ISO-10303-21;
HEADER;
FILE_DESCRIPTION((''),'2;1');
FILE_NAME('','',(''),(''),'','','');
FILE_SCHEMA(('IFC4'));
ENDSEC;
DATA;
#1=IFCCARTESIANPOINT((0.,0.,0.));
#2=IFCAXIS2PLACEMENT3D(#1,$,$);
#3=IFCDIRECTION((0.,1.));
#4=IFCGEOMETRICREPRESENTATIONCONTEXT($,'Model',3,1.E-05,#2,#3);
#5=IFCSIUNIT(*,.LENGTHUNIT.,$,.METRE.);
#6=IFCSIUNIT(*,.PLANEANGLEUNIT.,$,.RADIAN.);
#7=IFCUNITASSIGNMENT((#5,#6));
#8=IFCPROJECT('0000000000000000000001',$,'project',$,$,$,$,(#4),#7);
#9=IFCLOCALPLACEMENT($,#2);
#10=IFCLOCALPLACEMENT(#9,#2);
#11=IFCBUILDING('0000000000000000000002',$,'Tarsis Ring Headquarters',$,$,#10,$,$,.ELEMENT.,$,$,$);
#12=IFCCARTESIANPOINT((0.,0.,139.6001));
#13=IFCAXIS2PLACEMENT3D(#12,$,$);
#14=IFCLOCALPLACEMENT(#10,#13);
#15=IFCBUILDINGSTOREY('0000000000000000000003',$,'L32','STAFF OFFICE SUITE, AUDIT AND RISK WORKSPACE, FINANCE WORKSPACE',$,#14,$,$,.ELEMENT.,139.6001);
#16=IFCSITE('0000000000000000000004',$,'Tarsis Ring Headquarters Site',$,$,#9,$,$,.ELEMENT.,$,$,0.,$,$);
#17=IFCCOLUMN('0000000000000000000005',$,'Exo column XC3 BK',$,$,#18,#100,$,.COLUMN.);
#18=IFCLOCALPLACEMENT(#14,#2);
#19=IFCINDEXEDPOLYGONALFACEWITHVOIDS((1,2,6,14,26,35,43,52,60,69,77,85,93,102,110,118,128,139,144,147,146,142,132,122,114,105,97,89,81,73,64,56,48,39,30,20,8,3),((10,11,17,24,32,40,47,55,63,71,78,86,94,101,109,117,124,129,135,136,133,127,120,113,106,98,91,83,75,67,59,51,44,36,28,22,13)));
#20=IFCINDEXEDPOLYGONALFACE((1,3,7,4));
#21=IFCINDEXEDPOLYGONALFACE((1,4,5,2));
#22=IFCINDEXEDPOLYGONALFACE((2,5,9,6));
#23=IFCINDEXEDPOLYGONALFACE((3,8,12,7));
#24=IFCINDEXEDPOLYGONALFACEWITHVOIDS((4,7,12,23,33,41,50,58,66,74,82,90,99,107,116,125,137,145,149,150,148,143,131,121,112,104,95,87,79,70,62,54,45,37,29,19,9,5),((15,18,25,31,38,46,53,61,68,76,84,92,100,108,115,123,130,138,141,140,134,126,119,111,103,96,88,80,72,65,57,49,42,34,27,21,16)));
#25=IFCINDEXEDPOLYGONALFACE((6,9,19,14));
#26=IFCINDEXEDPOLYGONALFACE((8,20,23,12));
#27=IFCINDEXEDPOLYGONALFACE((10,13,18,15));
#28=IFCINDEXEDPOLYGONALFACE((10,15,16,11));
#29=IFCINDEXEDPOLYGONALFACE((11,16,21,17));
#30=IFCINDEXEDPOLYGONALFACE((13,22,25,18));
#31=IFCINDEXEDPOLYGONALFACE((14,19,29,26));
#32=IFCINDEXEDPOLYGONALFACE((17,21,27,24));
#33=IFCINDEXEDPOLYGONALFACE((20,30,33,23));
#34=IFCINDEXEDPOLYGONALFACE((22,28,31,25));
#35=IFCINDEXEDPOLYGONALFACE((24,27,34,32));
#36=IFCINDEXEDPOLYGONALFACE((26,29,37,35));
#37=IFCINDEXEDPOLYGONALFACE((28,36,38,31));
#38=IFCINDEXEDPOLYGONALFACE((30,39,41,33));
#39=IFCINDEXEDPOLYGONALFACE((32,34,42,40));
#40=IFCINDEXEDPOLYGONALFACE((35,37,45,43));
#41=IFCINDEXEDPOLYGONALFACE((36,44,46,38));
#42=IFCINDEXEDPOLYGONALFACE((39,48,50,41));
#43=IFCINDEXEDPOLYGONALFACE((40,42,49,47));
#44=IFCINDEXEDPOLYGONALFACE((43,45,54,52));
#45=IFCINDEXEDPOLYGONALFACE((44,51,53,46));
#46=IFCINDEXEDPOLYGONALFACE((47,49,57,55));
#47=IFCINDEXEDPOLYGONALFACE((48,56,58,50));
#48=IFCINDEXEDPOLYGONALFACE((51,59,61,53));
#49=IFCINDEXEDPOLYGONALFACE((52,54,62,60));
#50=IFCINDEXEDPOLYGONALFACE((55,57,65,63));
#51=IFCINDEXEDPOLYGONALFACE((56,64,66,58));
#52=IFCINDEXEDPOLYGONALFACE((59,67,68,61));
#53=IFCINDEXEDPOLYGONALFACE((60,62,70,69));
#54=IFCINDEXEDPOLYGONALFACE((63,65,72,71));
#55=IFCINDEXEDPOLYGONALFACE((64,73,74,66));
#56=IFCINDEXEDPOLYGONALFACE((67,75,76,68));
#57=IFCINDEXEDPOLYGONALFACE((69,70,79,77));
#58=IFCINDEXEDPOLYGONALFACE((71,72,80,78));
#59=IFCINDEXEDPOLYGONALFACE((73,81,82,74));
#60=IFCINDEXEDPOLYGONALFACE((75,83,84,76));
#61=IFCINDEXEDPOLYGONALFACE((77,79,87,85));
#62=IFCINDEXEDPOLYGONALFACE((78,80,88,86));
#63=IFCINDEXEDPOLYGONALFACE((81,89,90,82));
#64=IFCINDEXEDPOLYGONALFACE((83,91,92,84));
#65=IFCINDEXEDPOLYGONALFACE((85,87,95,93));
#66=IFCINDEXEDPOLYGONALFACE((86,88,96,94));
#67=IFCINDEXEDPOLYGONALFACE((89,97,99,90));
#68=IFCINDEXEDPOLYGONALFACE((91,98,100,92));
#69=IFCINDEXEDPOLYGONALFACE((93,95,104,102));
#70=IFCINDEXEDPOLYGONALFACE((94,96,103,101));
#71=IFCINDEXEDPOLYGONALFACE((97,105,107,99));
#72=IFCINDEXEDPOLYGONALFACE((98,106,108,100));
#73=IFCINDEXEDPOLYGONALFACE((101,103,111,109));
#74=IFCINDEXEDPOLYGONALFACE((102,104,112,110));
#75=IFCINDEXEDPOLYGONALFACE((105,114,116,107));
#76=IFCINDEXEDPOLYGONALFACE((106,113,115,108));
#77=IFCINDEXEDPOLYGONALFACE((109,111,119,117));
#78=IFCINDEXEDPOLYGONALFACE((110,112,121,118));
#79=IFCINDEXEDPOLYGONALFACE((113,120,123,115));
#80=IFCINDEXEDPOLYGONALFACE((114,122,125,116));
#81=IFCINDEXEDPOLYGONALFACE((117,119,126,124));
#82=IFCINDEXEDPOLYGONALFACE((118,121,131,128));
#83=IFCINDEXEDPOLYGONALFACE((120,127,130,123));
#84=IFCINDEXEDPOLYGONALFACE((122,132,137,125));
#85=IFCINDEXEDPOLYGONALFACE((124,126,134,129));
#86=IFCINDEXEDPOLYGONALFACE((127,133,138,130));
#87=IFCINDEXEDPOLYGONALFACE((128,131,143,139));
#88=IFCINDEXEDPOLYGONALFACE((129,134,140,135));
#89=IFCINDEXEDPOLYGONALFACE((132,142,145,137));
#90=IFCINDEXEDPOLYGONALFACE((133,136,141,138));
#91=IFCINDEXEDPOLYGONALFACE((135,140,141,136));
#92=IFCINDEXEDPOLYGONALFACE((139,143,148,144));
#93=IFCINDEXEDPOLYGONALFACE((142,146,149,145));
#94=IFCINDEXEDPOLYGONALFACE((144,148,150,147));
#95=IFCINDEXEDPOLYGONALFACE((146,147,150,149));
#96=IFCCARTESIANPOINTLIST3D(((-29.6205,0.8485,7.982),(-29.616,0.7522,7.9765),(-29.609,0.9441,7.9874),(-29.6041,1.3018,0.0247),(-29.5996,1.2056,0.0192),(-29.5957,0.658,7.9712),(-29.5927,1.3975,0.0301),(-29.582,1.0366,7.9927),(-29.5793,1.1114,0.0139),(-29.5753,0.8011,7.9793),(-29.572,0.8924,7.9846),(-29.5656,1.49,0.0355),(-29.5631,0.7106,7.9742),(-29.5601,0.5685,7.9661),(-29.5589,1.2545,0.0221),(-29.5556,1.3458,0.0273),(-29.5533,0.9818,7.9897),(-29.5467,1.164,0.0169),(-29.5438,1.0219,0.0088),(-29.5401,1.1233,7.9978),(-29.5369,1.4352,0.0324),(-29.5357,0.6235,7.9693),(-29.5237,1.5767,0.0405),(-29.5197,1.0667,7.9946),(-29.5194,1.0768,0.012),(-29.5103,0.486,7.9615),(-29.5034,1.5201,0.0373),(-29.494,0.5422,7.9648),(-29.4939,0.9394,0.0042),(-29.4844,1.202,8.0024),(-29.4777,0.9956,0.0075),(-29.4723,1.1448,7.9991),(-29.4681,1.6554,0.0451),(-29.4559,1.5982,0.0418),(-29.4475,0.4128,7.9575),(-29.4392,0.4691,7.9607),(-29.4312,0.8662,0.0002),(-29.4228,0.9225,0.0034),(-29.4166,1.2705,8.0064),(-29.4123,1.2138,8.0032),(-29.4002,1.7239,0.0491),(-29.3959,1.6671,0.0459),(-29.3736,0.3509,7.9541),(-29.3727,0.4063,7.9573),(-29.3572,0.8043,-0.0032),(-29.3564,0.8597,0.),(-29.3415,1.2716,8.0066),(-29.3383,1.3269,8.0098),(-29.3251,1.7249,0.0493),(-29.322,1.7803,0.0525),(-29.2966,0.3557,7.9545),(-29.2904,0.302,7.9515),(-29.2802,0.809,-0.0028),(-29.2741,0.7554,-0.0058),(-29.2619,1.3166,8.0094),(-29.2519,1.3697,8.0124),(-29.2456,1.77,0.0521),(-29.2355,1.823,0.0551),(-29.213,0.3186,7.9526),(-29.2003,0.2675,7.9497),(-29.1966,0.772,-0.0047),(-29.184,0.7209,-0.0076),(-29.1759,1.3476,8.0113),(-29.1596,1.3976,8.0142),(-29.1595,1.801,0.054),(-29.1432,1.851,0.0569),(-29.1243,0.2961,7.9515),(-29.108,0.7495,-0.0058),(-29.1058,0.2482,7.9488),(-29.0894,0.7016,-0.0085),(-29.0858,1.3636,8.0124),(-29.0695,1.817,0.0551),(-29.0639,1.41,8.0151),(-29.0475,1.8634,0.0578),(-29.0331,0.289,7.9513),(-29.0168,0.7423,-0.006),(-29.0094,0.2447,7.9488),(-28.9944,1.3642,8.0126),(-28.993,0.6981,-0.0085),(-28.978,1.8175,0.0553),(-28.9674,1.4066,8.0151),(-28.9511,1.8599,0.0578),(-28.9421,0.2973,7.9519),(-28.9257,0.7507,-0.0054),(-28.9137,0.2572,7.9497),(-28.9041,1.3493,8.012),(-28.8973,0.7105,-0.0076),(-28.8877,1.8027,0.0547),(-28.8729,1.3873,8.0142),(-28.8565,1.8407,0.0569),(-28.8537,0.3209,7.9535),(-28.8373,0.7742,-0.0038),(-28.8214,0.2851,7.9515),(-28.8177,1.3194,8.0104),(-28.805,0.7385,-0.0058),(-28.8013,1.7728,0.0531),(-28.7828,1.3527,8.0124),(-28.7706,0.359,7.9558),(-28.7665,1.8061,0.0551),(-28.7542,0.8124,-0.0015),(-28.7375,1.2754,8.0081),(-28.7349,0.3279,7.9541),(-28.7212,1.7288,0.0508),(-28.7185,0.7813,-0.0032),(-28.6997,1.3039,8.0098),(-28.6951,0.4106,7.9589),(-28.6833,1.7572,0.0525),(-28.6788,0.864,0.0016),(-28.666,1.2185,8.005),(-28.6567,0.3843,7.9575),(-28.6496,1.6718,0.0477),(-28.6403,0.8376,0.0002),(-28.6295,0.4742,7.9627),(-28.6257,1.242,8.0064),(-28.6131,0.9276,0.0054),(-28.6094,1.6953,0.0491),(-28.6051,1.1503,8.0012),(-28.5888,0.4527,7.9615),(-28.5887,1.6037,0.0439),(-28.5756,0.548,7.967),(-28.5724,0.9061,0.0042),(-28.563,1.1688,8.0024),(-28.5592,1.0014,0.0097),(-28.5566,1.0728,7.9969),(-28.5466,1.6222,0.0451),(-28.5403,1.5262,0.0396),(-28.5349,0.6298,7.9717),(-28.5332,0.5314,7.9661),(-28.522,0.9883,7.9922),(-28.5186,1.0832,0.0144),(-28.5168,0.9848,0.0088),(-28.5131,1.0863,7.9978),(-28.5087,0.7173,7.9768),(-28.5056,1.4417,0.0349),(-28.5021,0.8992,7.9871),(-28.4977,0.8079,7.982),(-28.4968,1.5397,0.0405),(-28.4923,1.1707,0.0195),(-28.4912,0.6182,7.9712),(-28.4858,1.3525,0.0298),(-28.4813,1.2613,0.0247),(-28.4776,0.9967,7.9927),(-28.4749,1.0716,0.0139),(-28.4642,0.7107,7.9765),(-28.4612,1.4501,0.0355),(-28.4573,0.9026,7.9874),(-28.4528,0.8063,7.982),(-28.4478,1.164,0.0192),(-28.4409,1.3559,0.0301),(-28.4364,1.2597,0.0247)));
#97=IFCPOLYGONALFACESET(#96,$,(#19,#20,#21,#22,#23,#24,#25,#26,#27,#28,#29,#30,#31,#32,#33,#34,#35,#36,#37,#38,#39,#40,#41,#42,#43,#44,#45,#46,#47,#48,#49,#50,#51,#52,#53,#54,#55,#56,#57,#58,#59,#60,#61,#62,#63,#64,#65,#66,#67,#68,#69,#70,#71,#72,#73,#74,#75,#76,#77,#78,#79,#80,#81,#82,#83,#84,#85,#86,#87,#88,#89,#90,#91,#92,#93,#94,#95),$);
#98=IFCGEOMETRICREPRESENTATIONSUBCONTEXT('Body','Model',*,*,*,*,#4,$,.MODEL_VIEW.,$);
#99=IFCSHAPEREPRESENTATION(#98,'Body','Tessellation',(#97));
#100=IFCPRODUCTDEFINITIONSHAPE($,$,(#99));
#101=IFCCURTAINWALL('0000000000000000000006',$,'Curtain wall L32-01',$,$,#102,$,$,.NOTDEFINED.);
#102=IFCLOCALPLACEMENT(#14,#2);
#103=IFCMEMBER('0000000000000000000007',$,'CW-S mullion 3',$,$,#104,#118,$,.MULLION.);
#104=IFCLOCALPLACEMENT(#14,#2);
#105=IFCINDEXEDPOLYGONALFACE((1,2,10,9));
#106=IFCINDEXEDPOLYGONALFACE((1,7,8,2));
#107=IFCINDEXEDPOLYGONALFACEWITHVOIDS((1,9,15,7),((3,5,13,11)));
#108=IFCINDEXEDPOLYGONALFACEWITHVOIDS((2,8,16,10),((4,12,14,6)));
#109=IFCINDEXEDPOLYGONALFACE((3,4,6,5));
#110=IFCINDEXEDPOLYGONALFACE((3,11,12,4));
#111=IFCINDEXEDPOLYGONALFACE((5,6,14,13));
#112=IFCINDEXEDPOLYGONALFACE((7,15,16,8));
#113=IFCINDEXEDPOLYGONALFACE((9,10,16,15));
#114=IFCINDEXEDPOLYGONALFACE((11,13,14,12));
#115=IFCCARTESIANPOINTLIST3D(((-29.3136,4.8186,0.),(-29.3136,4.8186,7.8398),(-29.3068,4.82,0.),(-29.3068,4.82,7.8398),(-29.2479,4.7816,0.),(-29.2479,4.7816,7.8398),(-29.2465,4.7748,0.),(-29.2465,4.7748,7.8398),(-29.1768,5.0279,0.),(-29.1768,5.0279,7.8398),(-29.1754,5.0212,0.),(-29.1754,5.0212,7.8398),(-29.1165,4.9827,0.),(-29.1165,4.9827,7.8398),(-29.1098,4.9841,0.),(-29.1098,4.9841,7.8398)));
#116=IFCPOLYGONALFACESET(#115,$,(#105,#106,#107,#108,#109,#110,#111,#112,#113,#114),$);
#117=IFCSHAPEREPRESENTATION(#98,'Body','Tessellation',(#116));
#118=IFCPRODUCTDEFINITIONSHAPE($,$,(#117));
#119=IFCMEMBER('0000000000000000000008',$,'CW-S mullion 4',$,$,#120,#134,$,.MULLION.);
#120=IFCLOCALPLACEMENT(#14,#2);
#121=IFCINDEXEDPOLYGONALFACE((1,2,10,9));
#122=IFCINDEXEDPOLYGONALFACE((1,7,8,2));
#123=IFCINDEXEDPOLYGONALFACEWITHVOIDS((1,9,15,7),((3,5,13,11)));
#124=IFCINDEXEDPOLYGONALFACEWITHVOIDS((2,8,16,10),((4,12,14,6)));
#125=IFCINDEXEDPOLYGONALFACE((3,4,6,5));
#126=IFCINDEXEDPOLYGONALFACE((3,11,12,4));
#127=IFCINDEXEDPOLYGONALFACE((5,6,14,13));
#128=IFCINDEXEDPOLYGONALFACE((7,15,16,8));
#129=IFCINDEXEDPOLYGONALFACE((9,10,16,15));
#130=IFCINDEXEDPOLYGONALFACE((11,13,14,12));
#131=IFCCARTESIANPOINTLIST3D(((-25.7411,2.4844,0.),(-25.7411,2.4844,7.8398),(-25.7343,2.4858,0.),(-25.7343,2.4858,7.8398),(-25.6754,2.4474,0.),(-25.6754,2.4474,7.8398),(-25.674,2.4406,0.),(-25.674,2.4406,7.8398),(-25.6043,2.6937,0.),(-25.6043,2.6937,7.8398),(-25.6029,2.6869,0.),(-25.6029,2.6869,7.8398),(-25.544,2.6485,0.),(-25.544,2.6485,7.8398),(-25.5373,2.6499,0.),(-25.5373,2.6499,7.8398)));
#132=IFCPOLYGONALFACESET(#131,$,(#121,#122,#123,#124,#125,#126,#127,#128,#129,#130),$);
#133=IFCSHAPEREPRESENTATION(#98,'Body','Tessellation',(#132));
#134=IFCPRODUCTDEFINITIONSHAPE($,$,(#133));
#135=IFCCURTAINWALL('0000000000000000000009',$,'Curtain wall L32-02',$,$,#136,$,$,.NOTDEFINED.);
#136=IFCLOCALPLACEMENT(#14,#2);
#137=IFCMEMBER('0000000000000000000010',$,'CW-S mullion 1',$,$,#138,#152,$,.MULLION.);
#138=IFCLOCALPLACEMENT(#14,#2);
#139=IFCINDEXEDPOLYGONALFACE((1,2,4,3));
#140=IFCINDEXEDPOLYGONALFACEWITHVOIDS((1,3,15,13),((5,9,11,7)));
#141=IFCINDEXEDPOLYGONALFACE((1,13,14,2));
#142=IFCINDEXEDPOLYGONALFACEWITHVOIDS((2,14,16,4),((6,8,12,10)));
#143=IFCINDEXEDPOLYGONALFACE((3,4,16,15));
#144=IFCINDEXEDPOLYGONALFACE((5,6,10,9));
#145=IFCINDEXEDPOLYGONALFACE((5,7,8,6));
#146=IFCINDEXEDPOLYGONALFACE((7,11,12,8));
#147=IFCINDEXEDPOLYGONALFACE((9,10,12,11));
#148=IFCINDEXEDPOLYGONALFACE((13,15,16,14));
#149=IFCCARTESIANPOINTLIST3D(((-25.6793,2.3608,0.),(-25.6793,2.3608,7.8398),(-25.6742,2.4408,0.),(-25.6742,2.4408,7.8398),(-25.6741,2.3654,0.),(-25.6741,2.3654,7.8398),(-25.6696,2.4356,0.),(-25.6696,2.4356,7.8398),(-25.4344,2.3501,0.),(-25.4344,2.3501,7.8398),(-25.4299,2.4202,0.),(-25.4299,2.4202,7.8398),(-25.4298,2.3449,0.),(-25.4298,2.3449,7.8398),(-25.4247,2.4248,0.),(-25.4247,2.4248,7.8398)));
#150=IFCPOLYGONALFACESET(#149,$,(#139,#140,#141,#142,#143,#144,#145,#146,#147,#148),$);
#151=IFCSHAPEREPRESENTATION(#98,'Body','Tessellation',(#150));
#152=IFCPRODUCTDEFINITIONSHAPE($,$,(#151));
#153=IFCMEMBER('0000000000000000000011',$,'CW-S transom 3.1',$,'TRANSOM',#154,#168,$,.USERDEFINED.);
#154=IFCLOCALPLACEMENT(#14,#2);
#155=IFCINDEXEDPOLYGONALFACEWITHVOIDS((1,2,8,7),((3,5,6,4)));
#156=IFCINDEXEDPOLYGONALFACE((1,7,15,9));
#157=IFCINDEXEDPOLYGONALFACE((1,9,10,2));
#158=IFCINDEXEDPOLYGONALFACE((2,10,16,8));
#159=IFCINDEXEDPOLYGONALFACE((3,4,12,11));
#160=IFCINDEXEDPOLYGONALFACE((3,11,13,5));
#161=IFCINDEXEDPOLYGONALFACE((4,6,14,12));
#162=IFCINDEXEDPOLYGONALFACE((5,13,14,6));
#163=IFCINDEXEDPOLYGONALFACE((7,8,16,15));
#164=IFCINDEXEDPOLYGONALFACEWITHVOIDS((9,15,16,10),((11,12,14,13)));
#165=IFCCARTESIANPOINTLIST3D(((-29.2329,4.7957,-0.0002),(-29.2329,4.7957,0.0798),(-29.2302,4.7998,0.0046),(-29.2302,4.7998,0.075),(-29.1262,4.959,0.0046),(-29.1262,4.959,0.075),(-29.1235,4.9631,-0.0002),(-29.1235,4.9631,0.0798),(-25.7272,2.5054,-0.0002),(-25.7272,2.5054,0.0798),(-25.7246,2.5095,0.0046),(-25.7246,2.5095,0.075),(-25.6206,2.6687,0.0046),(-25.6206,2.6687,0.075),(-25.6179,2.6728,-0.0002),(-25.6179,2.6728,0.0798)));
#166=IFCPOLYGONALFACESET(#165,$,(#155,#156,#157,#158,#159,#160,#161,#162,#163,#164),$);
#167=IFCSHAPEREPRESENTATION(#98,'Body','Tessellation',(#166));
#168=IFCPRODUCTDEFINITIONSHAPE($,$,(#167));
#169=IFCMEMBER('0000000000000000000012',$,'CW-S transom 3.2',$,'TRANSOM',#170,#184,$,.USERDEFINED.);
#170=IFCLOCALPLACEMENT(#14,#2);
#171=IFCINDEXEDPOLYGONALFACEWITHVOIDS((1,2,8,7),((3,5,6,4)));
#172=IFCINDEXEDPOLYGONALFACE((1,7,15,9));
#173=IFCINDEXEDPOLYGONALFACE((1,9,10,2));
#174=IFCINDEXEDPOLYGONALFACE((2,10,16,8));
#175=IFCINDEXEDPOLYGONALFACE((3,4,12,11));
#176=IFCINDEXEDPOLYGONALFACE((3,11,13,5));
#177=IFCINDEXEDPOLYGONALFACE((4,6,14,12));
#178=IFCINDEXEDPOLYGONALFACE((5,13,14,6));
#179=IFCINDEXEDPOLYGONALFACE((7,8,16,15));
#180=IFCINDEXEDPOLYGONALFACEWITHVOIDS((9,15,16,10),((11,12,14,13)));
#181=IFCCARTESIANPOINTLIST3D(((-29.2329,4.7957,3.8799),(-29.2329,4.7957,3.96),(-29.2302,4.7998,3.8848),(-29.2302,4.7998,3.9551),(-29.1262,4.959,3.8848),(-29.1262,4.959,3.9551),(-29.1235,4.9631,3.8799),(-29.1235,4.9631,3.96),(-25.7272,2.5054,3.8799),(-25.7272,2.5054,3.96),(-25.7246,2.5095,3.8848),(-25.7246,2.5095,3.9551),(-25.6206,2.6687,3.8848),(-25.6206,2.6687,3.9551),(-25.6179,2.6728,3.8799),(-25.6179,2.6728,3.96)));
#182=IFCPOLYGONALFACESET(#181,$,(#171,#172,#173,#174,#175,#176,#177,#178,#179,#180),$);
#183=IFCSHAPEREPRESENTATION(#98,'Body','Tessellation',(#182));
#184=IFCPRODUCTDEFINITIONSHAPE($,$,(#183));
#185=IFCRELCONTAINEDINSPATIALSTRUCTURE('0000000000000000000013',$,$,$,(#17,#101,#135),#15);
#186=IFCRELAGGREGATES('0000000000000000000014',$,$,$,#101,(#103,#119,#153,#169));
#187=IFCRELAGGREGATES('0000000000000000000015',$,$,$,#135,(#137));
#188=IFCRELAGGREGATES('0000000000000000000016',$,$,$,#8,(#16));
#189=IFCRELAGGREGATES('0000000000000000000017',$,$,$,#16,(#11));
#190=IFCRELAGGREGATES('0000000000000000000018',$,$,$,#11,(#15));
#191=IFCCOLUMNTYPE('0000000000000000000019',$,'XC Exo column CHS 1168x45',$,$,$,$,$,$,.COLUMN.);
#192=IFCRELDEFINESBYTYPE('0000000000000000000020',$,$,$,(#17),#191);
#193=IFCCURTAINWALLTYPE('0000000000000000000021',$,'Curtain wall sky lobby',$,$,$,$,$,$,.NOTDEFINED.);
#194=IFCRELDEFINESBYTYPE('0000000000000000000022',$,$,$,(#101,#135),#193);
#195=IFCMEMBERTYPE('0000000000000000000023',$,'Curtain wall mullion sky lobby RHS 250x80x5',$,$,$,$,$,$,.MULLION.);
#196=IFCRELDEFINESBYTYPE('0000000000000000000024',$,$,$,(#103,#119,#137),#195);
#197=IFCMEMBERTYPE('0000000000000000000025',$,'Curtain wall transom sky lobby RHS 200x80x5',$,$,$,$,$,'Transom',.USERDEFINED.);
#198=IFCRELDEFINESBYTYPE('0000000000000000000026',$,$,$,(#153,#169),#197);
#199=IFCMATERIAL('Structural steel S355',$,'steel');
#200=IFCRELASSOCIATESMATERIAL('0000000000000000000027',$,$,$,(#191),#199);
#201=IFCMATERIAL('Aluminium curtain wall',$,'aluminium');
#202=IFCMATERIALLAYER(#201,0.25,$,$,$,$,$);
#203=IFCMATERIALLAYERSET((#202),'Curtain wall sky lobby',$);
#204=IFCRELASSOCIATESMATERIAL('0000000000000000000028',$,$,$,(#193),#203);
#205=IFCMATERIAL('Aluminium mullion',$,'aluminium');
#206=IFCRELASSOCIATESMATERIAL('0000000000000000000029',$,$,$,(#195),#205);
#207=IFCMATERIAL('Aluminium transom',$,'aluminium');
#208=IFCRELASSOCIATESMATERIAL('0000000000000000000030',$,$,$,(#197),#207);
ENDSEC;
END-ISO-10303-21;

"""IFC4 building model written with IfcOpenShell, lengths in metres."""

from ifc_helpers import new_model, si_unit, direction, frame, origin, origin_2d, place, context, subcontext, project, spatial, hollow_rectangle, hollow_circle, extrude, material, layer, layer_set, material_profile, profile_set, type_object, element, aggregate, save


model = new_model("IFC4")

# Units and contexts
model_context = context("Model", 3, precision=1e-05, world=origin(), true_north=direction((0.0, 1.0)))
body_context = subcontext(model_context, "Body", "Model", "MODEL_VIEW")
ifc_project = project(units=[si_unit("LENGTHUNIT", "METRE"), si_unit("PLANEANGLEUNIT", "RADIAN")], contexts=[model_context])

# Site, building, storey
site_placement = place(None, origin())
site = spatial("IfcSite", under=ifc_project, at=site_placement, Name="Tarsis Ring Headquarters Site", CompositionType="ELEMENT", RefElevation=0.0)
building_placement = place(site_placement, origin())
building = spatial("IfcBuilding", under=site, at=building_placement, Name="Tarsis Ring Headquarters", CompositionType="ELEMENT")
storey_placement = place(building_placement, frame((0.0, 0.0, 139.6001)))
storey = spatial("IfcBuildingStorey", under=building, at=storey_placement, Name="L32", Description="STAFF OFFICE SUITE, AUDIT AND RISK WORKSPACE, FINANCE WORKSPACE", CompositionType="ELEMENT", Elevation=139.6001)

# Column
ifc_material_1 = material(Name="Structural steel S355", Category="steel")
ifc_material_profile_1 = material_profile(ifc_material_1, hollow_circle(Radius=0.5842, WallThickness=0.0449, at=origin_2d()), Name="CHS 1168x45")
ifc_profile_set_1 = profile_set([ifc_material_profile_1], Name="Structural steel S355")
column_type = type_object("IfcColumnType", Name="XC Exo column CHS 1168x45", PredefinedType="COLUMN", material=ifc_profile_set_1)
column_placement = place(storey_placement, frame((-29.0203, 1.2808, 0.0247), z_axis=(-0.002052, -0.056883, 0.998379), x_axis=(0.99935, -0.036056, 0.0)))
element("IfcColumn", 1, at=column_placement, inside=storey, type_object=column_type, Name="Exo column XC3 BK", PredefinedType="COLUMN", context=body_context, shape_type="SweptSolid", body=[
    extrude(hollow_circle(Radius=0.5842, WallThickness=0.0449, at=origin_2d()), origin(), (0.0, 0.0, 1.0), 7.9702),
])

# Curtain wall, members
ifc_material_2 = material(Name="Aluminium curtain wall", Category="aluminium")
ifc_layer_1 = layer(ifc_material_2, 0.25)
ifc_layer_set_1 = layer_set([ifc_layer_1], Name="Curtain wall sky lobby")
curtain_wall_type = type_object("IfcCurtainWallType", Name="Curtain wall sky lobby", PredefinedType="NOTDEFINED", material=ifc_layer_set_1)
curtain_wall_1_placement = place(storey_placement, origin())
curtain_wall_1 = element("IfcCurtainWall", 2, at=curtain_wall_1_placement, inside=storey, type_object=curtain_wall_type, Name="Curtain wall L32-01", PredefinedType="NOTDEFINED")
ifc_material_3 = material(Name="Aluminium mullion", Category="aluminium")
ifc_material_profile_2 = material_profile(ifc_material_3, hollow_rectangle(XDim=0.25, YDim=0.0801, WallThickness=0.0049, at=origin_2d()), Name="RHS 250x80x5")
ifc_profile_set_2 = profile_set([ifc_material_profile_2], Name="Aluminium mullion")
member_type_1 = type_object("IfcMemberType", Name="Curtain wall mullion sky lobby RHS 250x80x5", PredefinedType="MULLION", material=ifc_profile_set_2)
member_1_placement = place(storey_placement, frame((-29.2117, 4.9014, 0.0), z_axis=(0.0, 0.0, 1.0), x_axis=(0.546979, 0.837146, 0.0)))
member_1 = element("IfcMember", 3, at=member_1_placement, type_object=member_type_1, Name="CW-S mullion 3", PredefinedType="MULLION", context=body_context, shape_type="SweptSolid", body=[
    extrude(hollow_rectangle(XDim=0.25, YDim=0.0801, WallThickness=0.0049, at=origin_2d()), origin(), (0.0, 0.0, 1.0), 7.8398),
])
member_2_placement = place(storey_placement, frame((-25.6392, 2.5671, 0.0), z_axis=(0.0, 0.0, 1.0), x_axis=(0.546979, 0.837146, 0.0)))
member_2 = element("IfcMember", 4, at=member_2_placement, type_object=member_type_1, Name="CW-S mullion 4", PredefinedType="MULLION", context=body_context, shape_type="SweptSolid", body=[
    extrude(hollow_rectangle(XDim=0.25, YDim=0.0801, WallThickness=0.0049, at=origin_2d()), origin(), (0.0, 0.0, 1.0), 7.8398),
])

# Curtain wall, member
curtain_wall_2_placement = place(storey_placement, origin())
curtain_wall_2 = element("IfcCurtainWall", 5, at=curtain_wall_2_placement, inside=storey, type_object=curtain_wall_type, Name="Curtain wall L32-02", PredefinedType="NOTDEFINED")
member_3_placement = place(storey_placement, frame((-25.552, 2.3928, 0.0), z_axis=(0.0, 0.0, 1.0), x_axis=(0.99796, -0.063835, 0.0)))
member_3 = element("IfcMember", 6, at=member_3_placement, type_object=member_type_1, Name="CW-S mullion 1", PredefinedType="MULLION", context=body_context, shape_type="SweptSolid", body=[
    extrude(hollow_rectangle(XDim=0.25, YDim=0.0801, WallThickness=0.0049, at=origin_2d()), origin(), (0.0, 0.0, 1.0), 7.8398),
])

# Members
ifc_material_4 = material(Name="Aluminium transom", Category="aluminium")
ifc_material_profile_3 = material_profile(ifc_material_4, hollow_rectangle(XDim=0.2, YDim=0.0801, WallThickness=0.0049, at=origin_2d()), Name="RHS 200x80x5")
ifc_profile_set_3 = profile_set([ifc_material_profile_3], Name="Aluminium transom")
member_type_2 = type_object("IfcMemberType", Name="Curtain wall transom sky lobby RHS 200x80x5", ElementType="Transom", PredefinedType="USERDEFINED", material=ifc_profile_set_3)
member_4_placement = place(storey_placement, frame((-29.1782, 4.8794, 0.0398), z_axis=(0.837172, -0.54694, 0.0), x_axis=(0.54694, 0.837172, 0.0)))
member_4 = element("IfcMember", 7, at=member_4_placement, type_object=member_type_2, Name="CW-S transom 3.1", ObjectType="TRANSOM", PredefinedType="USERDEFINED", context=body_context, shape_type="SweptSolid", body=[
    extrude(hollow_rectangle(XDim=0.2, YDim=0.0801, WallThickness=0.0049, at=origin_2d()), origin(), (0.0, 0.0, 1.0), 4.1875),
])
member_5_placement = place(storey_placement, frame((-29.1782, 4.8794, 3.9199), z_axis=(0.837172, -0.54694, 0.0), x_axis=(0.54694, 0.837172, 0.0)))
member_5 = element("IfcMember", 8, at=member_5_placement, type_object=member_type_2, Name="CW-S transom 3.2", ObjectType="TRANSOM", PredefinedType="USERDEFINED", context=body_context, shape_type="SweptSolid", body=[
    extrude(hollow_rectangle(XDim=0.2, YDim=0.0801, WallThickness=0.0049, at=origin_2d()), origin(), (0.0, 0.0, 1.0), 4.1875),
])

aggregate(curtain_wall_1, [member_1, member_2, member_4, member_5])
aggregate(curtain_wall_2, [member_3])

save(model, "model.ifc")
